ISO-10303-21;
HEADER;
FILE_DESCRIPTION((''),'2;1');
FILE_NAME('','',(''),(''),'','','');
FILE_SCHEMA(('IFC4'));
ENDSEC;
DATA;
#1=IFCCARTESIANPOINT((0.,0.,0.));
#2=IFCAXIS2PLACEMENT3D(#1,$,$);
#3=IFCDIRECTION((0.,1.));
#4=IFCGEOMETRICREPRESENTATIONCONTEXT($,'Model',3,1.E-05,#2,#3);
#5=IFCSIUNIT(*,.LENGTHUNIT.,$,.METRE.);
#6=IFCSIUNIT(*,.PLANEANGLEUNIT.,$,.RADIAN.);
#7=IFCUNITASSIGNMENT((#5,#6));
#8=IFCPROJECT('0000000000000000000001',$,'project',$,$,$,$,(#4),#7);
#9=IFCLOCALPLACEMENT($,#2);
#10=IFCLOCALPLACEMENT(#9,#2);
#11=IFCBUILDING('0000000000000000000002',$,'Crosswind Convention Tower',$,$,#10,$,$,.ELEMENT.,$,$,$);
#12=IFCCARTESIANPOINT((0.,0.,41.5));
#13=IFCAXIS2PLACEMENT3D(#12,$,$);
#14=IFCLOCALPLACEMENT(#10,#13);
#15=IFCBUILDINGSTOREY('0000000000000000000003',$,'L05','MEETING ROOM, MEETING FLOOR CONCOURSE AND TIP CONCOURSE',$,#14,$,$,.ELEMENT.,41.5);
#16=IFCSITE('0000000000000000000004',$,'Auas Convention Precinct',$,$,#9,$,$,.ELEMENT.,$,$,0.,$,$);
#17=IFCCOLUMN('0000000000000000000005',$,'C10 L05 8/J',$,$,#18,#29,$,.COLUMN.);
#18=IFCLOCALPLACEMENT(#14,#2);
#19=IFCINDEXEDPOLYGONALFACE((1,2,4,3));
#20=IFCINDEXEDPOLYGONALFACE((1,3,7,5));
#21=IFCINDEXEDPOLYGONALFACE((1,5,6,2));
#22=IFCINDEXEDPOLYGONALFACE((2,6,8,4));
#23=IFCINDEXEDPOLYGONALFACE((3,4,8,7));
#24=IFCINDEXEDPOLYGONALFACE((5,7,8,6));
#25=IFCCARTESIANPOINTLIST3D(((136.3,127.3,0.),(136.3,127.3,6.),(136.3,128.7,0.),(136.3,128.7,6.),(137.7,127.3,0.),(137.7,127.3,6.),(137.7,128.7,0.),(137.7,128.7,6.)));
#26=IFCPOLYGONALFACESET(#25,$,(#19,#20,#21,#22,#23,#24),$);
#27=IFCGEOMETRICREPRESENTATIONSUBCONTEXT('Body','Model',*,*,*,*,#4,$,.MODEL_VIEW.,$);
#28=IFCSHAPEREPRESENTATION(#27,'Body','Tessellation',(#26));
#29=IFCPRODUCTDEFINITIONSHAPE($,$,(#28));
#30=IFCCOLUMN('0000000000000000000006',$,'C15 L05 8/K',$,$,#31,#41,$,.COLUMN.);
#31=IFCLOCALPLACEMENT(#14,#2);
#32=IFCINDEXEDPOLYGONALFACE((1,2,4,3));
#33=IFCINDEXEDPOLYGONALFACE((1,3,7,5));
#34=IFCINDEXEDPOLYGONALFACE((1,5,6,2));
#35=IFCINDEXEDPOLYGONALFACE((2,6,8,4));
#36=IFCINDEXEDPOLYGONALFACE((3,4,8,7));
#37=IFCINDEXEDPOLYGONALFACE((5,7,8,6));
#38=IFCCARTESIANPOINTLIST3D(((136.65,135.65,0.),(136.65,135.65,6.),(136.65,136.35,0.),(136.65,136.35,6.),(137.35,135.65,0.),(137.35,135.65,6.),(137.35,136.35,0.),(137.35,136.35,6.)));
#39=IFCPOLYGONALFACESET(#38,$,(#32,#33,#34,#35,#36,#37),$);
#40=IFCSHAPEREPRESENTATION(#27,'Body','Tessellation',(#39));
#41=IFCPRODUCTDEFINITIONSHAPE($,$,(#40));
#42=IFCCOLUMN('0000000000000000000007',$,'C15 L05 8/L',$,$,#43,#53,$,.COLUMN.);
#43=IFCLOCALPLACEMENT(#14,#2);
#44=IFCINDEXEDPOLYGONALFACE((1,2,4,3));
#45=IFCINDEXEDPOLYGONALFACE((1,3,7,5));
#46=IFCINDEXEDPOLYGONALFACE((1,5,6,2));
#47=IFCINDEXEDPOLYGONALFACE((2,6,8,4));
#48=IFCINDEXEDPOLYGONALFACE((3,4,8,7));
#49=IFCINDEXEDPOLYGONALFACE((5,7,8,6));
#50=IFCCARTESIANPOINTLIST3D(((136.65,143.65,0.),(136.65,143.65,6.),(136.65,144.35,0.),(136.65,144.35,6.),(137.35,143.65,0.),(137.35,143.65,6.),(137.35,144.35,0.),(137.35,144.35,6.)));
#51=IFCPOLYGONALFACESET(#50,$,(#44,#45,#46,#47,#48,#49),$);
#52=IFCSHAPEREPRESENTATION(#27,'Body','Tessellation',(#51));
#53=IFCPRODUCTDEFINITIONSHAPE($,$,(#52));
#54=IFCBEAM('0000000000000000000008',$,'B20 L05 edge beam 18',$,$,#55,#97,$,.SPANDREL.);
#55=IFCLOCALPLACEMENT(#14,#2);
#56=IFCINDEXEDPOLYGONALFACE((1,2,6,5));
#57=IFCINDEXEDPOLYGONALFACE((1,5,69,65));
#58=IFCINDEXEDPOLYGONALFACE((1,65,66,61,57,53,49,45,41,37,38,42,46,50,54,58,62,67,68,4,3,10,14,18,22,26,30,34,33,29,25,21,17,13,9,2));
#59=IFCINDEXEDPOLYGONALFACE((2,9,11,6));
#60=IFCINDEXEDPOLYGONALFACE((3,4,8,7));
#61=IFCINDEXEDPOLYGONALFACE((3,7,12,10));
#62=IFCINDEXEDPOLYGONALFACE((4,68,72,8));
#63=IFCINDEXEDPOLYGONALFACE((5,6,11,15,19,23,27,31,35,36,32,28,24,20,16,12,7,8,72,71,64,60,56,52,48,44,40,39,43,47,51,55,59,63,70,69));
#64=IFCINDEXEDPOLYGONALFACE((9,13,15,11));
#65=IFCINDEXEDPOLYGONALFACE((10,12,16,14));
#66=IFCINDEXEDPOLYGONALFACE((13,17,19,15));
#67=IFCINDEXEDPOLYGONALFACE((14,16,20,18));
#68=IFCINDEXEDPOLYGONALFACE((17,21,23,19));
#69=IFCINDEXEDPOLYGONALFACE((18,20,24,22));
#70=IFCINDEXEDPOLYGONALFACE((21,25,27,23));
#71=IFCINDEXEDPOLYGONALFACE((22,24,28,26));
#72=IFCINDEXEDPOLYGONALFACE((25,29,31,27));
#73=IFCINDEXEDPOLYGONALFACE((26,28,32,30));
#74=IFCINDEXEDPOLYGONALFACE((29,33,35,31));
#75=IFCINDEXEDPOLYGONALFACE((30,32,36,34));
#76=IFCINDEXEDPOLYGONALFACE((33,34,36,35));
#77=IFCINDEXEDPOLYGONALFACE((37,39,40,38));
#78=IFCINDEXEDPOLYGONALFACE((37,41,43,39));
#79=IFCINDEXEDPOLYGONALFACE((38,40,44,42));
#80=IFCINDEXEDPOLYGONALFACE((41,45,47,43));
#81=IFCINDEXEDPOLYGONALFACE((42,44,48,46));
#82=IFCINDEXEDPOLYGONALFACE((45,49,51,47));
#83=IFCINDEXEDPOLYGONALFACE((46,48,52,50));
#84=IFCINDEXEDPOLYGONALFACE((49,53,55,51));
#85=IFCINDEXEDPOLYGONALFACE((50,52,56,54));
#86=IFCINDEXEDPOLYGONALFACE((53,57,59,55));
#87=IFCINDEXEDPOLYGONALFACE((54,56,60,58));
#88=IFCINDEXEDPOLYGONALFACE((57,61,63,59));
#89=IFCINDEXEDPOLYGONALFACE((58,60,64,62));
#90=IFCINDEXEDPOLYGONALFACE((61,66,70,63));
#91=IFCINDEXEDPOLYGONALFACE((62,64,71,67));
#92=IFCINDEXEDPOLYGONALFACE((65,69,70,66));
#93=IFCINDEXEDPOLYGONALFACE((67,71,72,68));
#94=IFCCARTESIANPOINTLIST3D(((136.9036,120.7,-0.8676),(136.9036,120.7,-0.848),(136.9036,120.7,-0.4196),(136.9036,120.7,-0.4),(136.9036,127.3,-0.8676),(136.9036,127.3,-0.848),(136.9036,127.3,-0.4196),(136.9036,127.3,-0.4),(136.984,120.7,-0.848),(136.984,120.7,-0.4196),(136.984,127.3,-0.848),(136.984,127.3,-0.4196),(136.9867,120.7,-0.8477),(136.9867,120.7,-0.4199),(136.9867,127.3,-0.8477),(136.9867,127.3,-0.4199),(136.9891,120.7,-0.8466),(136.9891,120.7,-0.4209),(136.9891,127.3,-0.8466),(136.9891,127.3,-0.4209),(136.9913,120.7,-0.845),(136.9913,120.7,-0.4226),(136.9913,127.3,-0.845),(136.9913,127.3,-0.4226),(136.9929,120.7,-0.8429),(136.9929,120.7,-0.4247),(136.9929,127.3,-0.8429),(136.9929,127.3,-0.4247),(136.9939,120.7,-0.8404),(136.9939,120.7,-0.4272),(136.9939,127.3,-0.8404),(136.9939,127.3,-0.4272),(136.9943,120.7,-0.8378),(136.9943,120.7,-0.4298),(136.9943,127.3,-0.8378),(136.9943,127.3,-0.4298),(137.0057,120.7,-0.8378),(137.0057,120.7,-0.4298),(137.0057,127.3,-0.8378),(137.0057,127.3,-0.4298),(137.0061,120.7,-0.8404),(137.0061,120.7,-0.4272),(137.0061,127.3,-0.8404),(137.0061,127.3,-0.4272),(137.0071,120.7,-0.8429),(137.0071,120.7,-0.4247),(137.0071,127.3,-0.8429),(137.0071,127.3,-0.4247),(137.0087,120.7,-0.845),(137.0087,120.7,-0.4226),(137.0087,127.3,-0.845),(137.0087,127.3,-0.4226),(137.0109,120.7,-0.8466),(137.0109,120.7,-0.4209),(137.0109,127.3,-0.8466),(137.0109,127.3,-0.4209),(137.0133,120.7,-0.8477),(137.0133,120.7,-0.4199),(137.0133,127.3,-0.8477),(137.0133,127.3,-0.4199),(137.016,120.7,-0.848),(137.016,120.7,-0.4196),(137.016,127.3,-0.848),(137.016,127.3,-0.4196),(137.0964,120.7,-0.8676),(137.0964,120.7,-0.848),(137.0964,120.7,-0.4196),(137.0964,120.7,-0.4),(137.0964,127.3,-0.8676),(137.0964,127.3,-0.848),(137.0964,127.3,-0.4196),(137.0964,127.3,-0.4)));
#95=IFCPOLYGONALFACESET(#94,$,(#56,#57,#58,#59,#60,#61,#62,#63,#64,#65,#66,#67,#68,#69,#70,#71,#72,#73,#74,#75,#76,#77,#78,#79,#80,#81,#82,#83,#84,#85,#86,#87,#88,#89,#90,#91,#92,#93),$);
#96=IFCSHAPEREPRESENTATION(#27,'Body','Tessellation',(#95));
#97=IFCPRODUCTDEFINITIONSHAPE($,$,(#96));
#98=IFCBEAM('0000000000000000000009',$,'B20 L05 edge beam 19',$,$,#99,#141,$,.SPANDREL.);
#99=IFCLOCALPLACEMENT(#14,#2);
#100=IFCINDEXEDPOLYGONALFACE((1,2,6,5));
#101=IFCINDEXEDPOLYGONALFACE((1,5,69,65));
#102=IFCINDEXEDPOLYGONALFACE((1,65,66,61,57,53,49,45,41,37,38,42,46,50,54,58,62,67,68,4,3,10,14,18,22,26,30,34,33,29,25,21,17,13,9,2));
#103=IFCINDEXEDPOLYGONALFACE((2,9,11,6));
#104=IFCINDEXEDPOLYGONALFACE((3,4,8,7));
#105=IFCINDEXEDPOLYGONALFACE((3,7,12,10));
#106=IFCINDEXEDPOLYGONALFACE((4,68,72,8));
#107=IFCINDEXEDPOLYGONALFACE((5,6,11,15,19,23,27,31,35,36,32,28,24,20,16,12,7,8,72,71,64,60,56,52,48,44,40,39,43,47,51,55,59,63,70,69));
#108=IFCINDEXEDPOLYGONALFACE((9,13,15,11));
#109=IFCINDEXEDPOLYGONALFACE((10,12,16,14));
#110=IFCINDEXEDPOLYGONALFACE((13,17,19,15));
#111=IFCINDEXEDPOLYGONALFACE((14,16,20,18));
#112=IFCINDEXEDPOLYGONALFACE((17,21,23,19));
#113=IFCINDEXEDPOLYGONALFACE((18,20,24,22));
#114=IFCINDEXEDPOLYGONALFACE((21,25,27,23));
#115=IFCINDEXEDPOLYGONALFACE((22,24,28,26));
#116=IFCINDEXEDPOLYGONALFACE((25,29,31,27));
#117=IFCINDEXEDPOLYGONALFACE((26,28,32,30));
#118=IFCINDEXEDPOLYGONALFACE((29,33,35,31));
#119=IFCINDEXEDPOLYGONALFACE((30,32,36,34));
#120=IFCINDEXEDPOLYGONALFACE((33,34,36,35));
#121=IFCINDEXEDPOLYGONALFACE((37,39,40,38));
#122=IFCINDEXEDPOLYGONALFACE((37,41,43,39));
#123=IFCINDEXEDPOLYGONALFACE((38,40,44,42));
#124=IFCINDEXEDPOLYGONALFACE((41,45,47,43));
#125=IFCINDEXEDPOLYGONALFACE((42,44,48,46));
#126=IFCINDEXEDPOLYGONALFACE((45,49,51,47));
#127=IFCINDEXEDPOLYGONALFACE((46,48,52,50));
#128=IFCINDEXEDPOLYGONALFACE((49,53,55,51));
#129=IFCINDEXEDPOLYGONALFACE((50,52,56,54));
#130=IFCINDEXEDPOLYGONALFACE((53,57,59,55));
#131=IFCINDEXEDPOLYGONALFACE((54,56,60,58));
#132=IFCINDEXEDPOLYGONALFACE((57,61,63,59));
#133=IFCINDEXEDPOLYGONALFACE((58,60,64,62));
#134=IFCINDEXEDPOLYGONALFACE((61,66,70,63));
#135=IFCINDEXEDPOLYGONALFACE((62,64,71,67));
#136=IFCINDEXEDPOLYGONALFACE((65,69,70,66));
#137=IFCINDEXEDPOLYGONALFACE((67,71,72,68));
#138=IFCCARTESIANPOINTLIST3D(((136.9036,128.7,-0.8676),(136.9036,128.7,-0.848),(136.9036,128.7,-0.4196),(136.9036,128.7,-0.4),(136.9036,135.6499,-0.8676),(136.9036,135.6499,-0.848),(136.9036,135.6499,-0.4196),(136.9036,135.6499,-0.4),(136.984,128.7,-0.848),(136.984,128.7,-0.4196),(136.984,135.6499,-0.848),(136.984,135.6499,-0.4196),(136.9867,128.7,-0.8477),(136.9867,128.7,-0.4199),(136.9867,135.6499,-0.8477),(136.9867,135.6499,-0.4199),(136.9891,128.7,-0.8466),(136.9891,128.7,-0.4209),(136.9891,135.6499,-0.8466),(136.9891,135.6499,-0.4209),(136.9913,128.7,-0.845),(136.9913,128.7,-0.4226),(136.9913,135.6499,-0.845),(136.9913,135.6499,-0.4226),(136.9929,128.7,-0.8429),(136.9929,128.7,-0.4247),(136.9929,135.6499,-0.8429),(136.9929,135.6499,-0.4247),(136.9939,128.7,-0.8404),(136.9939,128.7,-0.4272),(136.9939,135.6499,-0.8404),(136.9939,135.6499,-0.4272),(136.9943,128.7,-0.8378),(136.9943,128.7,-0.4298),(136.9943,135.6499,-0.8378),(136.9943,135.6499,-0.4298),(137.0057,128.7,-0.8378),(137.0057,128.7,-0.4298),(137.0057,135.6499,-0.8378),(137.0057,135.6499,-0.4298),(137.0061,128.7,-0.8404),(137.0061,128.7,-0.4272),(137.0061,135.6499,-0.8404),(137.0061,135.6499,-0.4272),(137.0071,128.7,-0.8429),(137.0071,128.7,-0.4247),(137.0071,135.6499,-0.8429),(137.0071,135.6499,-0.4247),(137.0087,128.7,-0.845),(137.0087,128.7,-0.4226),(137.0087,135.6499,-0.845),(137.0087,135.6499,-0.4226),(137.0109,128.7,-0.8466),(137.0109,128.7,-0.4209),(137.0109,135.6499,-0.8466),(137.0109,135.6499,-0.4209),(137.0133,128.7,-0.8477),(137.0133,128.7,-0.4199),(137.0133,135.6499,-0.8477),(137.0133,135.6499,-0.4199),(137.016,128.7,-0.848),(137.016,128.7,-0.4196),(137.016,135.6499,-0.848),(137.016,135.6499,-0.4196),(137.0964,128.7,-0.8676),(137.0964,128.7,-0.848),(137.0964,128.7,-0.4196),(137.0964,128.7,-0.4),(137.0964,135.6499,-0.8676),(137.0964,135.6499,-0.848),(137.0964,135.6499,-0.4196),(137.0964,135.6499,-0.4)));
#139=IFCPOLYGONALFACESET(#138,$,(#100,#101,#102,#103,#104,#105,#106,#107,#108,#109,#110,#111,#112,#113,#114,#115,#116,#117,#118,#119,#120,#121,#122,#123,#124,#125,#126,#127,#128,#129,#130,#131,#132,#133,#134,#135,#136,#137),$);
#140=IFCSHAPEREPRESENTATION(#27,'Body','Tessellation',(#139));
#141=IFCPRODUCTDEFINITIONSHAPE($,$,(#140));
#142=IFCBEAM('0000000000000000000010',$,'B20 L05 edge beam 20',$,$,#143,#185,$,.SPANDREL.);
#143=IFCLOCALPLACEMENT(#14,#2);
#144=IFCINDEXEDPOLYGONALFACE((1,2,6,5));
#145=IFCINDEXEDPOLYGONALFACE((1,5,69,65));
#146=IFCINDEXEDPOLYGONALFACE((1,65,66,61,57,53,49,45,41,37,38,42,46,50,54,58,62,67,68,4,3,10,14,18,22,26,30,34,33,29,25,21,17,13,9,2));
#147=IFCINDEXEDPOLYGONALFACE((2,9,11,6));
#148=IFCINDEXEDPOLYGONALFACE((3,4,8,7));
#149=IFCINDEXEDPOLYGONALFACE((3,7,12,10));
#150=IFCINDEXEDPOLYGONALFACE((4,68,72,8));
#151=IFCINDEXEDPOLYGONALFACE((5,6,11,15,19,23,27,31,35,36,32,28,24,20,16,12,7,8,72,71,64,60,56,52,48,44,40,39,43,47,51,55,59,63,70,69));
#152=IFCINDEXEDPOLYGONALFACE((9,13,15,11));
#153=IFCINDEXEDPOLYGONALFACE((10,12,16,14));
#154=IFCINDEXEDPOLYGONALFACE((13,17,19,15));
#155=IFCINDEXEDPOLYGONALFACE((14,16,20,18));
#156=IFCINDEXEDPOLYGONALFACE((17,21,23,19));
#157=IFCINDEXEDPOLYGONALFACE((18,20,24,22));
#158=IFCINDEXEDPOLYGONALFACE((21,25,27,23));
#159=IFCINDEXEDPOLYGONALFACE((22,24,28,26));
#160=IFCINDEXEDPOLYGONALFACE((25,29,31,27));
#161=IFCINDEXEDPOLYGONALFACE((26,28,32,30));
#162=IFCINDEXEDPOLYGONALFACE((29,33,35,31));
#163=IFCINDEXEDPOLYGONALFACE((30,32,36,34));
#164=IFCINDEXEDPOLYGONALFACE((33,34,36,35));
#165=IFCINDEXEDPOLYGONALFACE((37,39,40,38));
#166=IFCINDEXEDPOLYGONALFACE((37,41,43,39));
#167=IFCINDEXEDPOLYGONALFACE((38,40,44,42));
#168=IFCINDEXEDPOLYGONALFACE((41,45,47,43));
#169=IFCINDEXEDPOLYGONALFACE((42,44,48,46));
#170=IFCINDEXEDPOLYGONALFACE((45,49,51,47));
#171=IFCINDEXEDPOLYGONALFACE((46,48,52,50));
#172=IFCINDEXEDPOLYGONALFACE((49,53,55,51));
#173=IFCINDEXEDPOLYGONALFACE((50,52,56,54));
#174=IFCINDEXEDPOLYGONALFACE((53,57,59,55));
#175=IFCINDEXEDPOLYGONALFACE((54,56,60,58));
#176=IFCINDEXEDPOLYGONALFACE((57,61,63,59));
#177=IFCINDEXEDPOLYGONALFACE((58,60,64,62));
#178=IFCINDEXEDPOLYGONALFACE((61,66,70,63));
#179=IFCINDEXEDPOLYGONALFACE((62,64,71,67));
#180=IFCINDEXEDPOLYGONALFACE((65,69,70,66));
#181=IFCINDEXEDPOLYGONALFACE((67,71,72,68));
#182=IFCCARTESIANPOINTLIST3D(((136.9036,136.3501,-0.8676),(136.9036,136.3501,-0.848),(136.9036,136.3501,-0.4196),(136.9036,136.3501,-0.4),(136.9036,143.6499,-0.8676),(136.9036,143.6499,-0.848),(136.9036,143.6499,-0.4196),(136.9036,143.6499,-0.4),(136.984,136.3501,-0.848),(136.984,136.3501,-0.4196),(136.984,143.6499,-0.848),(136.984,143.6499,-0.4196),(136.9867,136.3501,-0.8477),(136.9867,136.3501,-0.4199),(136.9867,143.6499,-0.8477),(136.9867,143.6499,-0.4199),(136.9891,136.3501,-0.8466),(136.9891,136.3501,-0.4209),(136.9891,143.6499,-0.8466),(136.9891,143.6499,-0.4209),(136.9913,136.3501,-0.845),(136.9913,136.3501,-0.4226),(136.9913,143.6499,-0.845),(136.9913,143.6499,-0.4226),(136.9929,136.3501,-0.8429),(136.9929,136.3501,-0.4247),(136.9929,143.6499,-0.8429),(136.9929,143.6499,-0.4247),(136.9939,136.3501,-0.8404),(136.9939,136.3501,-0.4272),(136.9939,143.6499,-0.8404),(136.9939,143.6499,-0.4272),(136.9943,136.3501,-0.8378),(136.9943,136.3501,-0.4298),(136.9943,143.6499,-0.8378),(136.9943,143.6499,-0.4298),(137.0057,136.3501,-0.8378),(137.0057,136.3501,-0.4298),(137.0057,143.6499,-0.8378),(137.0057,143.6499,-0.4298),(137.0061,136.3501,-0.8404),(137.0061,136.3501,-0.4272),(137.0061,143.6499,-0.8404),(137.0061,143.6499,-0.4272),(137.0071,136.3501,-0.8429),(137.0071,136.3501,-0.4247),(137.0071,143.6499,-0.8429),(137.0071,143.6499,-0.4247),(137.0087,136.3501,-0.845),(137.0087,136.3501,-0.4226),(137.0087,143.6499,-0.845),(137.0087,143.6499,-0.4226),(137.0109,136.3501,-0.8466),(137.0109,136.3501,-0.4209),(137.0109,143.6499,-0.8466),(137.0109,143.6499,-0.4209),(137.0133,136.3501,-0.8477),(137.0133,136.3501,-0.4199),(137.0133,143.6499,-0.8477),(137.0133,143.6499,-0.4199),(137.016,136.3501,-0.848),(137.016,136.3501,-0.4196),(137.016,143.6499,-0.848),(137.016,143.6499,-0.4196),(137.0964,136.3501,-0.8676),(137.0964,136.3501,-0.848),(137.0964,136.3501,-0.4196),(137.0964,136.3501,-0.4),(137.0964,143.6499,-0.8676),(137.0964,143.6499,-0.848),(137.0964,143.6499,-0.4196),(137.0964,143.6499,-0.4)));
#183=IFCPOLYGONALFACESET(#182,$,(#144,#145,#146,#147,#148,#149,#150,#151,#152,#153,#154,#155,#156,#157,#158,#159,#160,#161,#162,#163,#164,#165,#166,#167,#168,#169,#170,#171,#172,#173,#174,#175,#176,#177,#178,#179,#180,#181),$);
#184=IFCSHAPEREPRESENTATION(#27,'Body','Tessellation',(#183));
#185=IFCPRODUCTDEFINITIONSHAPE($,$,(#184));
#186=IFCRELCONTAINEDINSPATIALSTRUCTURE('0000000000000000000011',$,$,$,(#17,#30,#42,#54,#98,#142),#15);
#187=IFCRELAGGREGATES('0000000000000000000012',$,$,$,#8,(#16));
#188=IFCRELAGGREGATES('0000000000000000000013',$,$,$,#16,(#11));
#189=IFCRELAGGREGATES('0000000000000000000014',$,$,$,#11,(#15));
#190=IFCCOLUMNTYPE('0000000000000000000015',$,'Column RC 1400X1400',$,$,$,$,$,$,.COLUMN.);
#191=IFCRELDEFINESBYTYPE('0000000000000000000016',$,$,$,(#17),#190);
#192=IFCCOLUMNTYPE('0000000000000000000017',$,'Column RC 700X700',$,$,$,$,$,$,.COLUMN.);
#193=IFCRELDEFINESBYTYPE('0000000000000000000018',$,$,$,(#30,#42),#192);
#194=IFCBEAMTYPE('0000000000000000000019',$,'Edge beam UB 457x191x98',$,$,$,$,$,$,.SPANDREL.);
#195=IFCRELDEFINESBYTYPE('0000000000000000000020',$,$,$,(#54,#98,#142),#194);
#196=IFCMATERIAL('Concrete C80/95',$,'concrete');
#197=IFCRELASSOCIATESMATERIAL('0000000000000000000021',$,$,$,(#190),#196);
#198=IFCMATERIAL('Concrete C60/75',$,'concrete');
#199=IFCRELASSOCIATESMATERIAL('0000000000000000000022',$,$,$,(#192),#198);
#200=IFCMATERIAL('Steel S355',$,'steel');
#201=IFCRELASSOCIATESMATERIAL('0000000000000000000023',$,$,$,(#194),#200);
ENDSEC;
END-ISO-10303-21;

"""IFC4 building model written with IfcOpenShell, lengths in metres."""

from ifc_helpers import new_model, si_unit, direction, frame, origin, origin_2d, place, context, subcontext, project, spatial, rectangle, i_section, extrude, material, material_profile, profile_set, type_object, element, save


model = new_model("IFC4")

# Units and contexts
model_context = context("Model", 3, precision=1e-05, world=origin(), true_north=direction((0.0, 1.0)))
body_context = subcontext(model_context, "Body", "Model", "MODEL_VIEW")
ifc_project = project(units=[si_unit("LENGTHUNIT", "METRE"), si_unit("PLANEANGLEUNIT", "RADIAN")], contexts=[model_context])

# Site, building, storey
site_placement = place(None, origin())
site = spatial("IfcSite", under=ifc_project, at=site_placement, Name="Auas Convention Precinct", CompositionType="ELEMENT", RefElevation=0.0)
building_placement = place(site_placement, origin())
building = spatial("IfcBuilding", under=site, at=building_placement, Name="Crosswind Convention Tower", CompositionType="ELEMENT")
storey_placement = place(building_placement, frame((0.0, 0.0, 41.5)))
storey = spatial("IfcBuildingStorey", under=building, at=storey_placement, Name="L05", Description="MEETING ROOM, MEETING FLOOR CONCOURSE AND TIP CONCOURSE", CompositionType="ELEMENT", Elevation=41.5)

# Columns
ifc_material_1 = material(Name="Concrete C80/95", Category="concrete")
ifc_material_profile_1 = material_profile(ifc_material_1, rectangle(XDim=1.3999, YDim=1.3999, at=origin_2d()), Name="RC 1400X1400")
ifc_profile_set_1 = profile_set([ifc_material_profile_1], Name="Concrete C80/95")
column_type_1 = type_object("IfcColumnType", Name="Column RC 1400X1400", PredefinedType="COLUMN", material=ifc_profile_set_1)
column_placement = place(storey_placement, frame((137.0, 128.0, 0.0), z_axis=(0.0, 0.0, 1.0), x_axis=(1.0, 0.0, 0.0)))
element("IfcColumn", 1, at=column_placement, inside=storey, type_object=column_type_1, Name="C10 L05 8/J", PredefinedType="COLUMN", context=body_context, shape_type="SweptSolid", body=[
    extrude(rectangle(XDim=1.3999, YDim=1.3999, at=origin_2d()), origin(), (0.0, 0.0, 1.0), 6.0),
])
ifc_material_2 = material(Name="Concrete C60/75", Category="concrete")
ifc_material_profile_2 = material_profile(ifc_material_2, rectangle(XDim=0.7, YDim=0.7, at=origin_2d()), Name="RC 700X700")
ifc_profile_set_2 = profile_set([ifc_material_profile_2], Name="Concrete C60/75")
column_type_2 = type_object("IfcColumnType", Name="Column RC 700X700", PredefinedType="COLUMN", material=ifc_profile_set_2)
for number, where, z_axis, x_axis, name in (
    (2, (137.0, 136.0, 0.0), (0.0, 0.0, 1.0), (1.0, 0.0, 0.0), "C15 L05 8/K"),
    (3, (137.0, 144.0, 0.0), (0.0, 0.0, 1.0), (1.0, 0.0, 0.0), "C15 L05 8/L"),
):
    element("IfcColumn", number, at=place(storey_placement, frame(where, z_axis=z_axis, x_axis=x_axis)), inside=storey, type_object=column_type_2, Name=name, PredefinedType="COLUMN", context=body_context, shape_type="SweptSolid", body=[
        extrude(rectangle(XDim=0.7, YDim=0.7, at=origin_2d()), origin(), (0.0, 0.0, 1.0), 6.0),
    ])

# Beams
ifc_material_3 = material(Name="Steel S355", Category="steel")
ifc_material_profile_3 = material_profile(ifc_material_3, i_section(OverallWidth=0.1929, OverallDepth=0.4675, WebThickness=0.0115, FlangeThickness=0.0195, FilletRadius=0.0103, at=origin_2d()), Name="UB 457x191x98")
ifc_profile_set_3 = profile_set([ifc_material_profile_3], Name="Steel S355")
beam_type_1 = type_object("IfcBeamType", Name="Edge beam UB 457x191x98", PredefinedType="SPANDREL", material=ifc_profile_set_3)
beam_1_placement = place(storey_placement, frame((137.0, 120.7, -0.6338), z_axis=(0.0, 1.0, 0.0), x_axis=(-1.0, 0.0, 0.0)))
element("IfcBeam", 4, at=beam_1_placement, inside=storey, type_object=beam_type_1, Name="B20 L05 edge beam 18", PredefinedType="SPANDREL", context=body_context, shape_type="SweptSolid", body=[
    extrude(i_section(OverallWidth=0.1929, OverallDepth=0.4675, WebThickness=0.0115, FlangeThickness=0.0195, FilletRadius=0.0103, at=origin_2d()), origin(), (0.0, 0.0, 1.0), 6.6001),
])
beam_2_placement = place(storey_placement, frame((137.0, 128.7, -0.6338), z_axis=(0.0, 1.0, 0.0), x_axis=(-1.0, 0.0, 0.0)))
element("IfcBeam", 5, at=beam_2_placement, inside=storey, type_object=beam_type_1, Name="B20 L05 edge beam 19", PredefinedType="SPANDREL", context=body_context, shape_type="SweptSolid", body=[
    extrude(i_section(OverallWidth=0.1929, OverallDepth=0.4675, WebThickness=0.0115, FlangeThickness=0.0195, FilletRadius=0.0103, at=origin_2d()), origin(), (0.0, 0.0, 1.0), 6.95),
])
beam_3_placement = place(storey_placement, frame((137.0, 136.3501, -0.6338), z_axis=(0.0, 1.0, 0.0), x_axis=(-1.0, 0.0, 0.0)))
element("IfcBeam", 6, at=beam_3_placement, inside=storey, type_object=beam_type_1, Name="B20 L05 edge beam 20", PredefinedType="SPANDREL", context=body_context, shape_type="SweptSolid", body=[
    extrude(i_section(OverallWidth=0.1929, OverallDepth=0.4675, WebThickness=0.0115, FlangeThickness=0.0195, FilletRadius=0.0103, at=origin_2d()), origin(), (0.0, 0.0, 1.0), 7.2998),
])

save(model, "model.ifc")
